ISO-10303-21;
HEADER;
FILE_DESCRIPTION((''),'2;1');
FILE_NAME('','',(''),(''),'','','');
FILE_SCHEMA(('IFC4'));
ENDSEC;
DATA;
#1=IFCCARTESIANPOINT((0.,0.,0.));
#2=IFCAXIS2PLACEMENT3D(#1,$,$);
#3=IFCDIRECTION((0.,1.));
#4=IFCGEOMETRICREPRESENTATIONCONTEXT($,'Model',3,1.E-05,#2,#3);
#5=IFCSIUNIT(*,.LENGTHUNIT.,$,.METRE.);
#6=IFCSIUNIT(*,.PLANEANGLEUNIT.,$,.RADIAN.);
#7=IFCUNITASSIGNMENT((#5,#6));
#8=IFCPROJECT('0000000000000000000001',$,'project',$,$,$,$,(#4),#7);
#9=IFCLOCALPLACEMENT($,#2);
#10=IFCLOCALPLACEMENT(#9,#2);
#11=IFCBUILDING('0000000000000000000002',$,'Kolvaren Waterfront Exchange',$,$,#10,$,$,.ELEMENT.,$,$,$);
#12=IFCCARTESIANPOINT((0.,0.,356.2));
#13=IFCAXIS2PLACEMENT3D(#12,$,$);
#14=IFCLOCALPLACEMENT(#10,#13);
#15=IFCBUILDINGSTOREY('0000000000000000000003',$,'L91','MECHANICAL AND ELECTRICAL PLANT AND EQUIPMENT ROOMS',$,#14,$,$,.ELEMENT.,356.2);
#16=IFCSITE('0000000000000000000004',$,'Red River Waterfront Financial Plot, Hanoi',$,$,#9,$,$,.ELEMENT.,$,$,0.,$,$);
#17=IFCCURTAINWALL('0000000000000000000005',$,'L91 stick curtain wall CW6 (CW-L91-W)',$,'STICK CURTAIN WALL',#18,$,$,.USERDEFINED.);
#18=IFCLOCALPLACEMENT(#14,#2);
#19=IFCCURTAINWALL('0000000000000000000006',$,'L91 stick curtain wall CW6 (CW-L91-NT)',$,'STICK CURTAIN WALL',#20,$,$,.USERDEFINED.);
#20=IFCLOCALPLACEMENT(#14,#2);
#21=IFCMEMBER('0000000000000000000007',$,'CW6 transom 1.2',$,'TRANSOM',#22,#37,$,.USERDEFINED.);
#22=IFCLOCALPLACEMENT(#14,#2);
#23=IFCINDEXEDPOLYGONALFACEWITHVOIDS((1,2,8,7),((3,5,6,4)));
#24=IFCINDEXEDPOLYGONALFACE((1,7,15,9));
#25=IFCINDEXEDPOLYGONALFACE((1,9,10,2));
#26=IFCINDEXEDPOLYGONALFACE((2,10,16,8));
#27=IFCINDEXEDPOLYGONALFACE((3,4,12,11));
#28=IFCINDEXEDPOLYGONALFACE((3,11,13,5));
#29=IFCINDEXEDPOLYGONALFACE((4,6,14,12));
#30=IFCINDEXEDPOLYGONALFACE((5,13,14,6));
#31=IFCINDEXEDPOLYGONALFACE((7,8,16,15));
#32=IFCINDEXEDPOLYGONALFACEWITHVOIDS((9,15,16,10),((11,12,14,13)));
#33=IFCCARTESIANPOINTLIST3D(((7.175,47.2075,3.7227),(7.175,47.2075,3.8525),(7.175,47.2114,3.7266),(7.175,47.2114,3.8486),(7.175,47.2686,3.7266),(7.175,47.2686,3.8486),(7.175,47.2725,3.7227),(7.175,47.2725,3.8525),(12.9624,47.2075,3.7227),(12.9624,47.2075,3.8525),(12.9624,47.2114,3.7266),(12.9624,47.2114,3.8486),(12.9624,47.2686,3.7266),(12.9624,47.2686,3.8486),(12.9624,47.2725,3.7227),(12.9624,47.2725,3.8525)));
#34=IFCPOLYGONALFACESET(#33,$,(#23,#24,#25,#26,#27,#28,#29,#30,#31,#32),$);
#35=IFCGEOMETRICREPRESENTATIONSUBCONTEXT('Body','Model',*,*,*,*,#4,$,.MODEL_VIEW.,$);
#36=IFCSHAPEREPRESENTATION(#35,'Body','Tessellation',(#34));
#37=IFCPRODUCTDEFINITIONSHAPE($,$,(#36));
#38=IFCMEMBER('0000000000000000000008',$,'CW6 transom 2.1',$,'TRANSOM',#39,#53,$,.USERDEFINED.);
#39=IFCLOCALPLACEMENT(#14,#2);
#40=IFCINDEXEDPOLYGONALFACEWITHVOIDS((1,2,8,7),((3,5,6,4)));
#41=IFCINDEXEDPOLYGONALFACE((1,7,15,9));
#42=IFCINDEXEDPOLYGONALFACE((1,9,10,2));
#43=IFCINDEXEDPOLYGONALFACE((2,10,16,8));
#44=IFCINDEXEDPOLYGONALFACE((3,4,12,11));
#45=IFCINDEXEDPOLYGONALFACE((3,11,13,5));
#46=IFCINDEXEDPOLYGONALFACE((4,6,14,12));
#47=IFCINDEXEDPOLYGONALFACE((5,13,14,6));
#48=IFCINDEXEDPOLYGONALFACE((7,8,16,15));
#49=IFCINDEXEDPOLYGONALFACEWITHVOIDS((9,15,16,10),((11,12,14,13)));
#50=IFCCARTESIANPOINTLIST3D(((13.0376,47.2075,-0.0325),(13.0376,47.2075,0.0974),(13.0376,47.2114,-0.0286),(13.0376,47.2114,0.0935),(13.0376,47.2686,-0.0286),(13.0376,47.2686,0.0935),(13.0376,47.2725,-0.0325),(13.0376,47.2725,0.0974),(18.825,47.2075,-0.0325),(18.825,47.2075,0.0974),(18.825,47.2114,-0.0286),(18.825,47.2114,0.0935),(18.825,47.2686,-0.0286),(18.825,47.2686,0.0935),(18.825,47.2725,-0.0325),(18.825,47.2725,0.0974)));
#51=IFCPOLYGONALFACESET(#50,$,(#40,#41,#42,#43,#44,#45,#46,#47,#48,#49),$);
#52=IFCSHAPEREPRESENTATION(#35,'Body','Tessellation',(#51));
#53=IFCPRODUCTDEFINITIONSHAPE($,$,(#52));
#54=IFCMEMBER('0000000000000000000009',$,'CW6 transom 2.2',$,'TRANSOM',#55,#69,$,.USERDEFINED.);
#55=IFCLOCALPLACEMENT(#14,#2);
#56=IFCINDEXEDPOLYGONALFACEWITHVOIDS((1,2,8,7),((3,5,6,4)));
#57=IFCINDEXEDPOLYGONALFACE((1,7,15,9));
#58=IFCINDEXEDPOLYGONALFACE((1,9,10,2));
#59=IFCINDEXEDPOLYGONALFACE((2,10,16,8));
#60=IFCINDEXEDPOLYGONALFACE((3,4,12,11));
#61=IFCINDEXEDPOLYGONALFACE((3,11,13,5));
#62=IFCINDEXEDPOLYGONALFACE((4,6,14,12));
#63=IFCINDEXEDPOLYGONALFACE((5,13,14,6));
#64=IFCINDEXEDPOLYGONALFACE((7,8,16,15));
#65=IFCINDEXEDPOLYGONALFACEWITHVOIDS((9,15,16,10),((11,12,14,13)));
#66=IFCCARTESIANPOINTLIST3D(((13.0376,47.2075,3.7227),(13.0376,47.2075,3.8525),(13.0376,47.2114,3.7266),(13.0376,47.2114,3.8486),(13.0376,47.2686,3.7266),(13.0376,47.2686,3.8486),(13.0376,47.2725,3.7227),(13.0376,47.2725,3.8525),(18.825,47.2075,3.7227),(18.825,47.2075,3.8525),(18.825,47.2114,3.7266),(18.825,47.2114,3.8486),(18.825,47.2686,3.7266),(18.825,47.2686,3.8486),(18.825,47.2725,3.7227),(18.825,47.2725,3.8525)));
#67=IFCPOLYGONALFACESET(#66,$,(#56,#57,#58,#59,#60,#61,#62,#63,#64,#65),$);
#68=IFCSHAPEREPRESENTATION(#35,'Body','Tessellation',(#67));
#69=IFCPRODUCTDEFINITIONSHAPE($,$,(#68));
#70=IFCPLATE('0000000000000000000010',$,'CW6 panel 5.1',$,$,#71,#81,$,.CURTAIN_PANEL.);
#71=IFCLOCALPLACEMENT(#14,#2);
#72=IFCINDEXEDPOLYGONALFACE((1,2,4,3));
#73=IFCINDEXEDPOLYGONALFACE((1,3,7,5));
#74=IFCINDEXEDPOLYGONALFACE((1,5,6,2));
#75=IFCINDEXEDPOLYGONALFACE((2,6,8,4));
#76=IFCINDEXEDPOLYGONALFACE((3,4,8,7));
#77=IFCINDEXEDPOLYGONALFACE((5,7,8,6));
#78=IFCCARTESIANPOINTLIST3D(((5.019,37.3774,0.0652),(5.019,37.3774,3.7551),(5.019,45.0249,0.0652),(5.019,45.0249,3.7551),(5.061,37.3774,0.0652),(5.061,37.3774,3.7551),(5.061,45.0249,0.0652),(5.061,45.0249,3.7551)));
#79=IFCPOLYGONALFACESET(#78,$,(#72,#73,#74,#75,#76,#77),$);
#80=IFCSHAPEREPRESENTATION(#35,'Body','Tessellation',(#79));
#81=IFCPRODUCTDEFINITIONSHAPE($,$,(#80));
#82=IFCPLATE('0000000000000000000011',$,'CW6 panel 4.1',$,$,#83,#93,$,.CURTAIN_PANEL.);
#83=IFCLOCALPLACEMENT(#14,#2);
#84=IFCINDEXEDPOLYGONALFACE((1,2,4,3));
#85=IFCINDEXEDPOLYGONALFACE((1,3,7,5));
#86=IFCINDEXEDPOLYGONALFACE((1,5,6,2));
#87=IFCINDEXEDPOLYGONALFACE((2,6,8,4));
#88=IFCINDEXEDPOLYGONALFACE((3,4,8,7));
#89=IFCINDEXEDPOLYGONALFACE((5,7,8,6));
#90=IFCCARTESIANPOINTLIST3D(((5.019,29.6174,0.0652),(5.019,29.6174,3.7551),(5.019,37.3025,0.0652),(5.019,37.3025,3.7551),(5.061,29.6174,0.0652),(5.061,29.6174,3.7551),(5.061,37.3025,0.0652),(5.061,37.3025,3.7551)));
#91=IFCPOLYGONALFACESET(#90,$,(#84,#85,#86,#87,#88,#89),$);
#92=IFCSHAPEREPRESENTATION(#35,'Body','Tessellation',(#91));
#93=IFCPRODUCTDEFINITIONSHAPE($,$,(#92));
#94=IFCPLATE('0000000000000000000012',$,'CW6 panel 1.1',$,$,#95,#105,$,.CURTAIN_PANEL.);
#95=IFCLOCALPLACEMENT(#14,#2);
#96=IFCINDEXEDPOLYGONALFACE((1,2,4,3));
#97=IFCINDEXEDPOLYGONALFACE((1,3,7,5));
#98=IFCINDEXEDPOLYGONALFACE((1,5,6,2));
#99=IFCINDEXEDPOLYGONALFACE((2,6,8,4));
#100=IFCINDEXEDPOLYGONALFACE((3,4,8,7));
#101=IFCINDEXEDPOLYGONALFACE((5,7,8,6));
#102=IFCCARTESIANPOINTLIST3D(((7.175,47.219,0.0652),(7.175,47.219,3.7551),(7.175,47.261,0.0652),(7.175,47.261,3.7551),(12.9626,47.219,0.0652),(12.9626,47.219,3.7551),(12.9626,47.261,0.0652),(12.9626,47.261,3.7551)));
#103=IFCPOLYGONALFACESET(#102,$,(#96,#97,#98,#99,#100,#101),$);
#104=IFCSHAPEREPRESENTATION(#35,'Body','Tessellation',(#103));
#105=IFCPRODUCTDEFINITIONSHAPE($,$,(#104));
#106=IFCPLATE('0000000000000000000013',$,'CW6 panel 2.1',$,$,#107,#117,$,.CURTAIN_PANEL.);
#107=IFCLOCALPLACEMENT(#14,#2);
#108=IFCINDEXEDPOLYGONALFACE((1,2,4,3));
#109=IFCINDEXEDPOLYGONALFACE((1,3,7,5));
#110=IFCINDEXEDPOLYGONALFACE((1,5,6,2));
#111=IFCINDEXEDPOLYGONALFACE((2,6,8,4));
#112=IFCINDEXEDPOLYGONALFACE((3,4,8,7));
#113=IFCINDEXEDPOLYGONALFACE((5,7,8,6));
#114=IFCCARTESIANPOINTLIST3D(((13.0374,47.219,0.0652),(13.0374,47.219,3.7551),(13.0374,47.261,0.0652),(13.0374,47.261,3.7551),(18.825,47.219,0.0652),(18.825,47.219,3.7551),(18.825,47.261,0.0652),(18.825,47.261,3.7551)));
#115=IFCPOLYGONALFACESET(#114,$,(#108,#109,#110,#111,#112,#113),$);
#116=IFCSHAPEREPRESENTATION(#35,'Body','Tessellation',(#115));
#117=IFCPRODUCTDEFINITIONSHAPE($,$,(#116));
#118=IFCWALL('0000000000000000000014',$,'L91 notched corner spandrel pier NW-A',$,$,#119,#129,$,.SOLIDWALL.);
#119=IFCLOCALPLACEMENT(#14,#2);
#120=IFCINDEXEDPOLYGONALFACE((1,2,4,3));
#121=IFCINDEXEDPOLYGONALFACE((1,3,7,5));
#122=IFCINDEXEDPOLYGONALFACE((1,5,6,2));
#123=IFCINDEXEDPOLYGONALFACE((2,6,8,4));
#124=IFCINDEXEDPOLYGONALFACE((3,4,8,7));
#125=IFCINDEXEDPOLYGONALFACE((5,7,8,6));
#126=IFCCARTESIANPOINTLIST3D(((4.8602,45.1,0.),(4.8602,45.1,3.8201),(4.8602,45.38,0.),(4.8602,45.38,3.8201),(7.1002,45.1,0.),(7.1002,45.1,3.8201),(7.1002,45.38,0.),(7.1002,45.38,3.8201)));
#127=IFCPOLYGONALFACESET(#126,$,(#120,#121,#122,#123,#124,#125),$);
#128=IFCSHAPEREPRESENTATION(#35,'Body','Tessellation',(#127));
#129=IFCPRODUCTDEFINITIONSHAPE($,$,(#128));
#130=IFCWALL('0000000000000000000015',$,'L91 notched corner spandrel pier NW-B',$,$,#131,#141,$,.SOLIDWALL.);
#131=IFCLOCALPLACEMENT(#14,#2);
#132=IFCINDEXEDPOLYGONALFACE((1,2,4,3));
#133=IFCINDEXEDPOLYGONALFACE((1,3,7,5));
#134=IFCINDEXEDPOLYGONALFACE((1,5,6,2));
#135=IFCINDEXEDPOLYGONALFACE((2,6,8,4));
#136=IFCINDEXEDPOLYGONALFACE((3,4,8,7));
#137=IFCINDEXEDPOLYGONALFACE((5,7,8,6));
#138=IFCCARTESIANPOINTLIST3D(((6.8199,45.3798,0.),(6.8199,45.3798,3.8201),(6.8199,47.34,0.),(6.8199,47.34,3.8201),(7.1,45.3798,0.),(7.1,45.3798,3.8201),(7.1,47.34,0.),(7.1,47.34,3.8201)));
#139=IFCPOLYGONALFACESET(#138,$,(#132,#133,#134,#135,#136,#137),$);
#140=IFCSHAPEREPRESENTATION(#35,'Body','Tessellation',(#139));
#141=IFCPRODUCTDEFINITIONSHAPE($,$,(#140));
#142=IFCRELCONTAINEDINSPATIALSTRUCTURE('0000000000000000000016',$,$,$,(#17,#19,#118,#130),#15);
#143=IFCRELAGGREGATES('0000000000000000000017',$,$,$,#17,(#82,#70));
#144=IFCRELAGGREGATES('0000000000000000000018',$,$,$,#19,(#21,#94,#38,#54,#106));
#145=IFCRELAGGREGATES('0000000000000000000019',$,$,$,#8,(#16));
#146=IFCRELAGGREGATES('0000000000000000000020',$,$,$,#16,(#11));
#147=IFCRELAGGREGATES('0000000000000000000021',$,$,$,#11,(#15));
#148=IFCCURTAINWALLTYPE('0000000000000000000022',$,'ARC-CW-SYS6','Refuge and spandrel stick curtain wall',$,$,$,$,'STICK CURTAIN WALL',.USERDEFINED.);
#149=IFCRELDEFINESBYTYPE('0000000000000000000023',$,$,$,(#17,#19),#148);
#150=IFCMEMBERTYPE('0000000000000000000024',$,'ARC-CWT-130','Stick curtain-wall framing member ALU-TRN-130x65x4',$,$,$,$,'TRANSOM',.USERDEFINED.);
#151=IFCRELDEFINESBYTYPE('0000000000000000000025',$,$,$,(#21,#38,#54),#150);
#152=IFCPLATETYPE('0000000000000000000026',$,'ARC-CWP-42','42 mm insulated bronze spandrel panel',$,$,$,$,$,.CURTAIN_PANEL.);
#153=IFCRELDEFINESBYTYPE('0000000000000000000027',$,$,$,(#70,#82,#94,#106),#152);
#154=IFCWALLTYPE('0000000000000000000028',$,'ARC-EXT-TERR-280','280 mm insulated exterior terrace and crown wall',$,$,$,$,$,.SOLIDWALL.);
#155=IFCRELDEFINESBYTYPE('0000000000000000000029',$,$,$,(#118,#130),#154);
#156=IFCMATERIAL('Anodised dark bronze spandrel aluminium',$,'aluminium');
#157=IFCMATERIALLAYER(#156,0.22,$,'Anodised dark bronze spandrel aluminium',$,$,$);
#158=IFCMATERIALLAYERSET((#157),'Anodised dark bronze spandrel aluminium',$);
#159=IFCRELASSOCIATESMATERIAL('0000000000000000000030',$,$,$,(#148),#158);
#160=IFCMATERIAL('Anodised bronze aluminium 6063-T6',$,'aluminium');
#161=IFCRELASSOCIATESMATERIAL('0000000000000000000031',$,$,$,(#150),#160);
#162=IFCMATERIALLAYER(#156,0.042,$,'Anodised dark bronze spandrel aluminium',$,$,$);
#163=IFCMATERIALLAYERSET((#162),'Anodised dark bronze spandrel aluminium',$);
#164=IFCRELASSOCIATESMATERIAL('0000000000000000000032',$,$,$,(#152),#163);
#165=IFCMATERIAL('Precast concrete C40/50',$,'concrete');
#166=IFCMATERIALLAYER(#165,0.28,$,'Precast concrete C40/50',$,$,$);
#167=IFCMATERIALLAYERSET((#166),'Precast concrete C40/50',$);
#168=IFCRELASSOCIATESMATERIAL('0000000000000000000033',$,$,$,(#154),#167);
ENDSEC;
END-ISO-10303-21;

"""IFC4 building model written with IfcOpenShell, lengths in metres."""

from ifc_helpers import new_model, si_unit, direction, frame, frame_2d, origin, origin_with_axes, origin_2d, place, context, subcontext, project, spatial, rectangle, hollow_rectangle, extrude, source, transform, mapped, material, layer, layer_set, material_profile, profile_set, type_object, element, aggregate, save


model = new_model("IFC4")

# Units and contexts
model_context = context("Model", 3, precision=1e-05, world=origin(), true_north=direction((0.0, 1.0)))
body_context = subcontext(model_context, "Body", "Model", "MODEL_VIEW")
ifc_project = project(units=[si_unit("LENGTHUNIT", "METRE"), si_unit("PLANEANGLEUNIT", "RADIAN")], contexts=[model_context])

# Site, building, storey
site_placement = place(None, origin())
site = spatial("IfcSite", under=ifc_project, at=site_placement, Name="Red River Waterfront Financial Plot, Hanoi", CompositionType="ELEMENT", RefElevation=0.0)
building_placement = place(site_placement, origin())
building = spatial("IfcBuilding", under=site, at=building_placement, Name="Kolvaren Waterfront Exchange", CompositionType="ELEMENT")
storey_placement = place(building_placement, frame((0.0, 0.0, 356.2)))
storey = spatial("IfcBuildingStorey", under=building, at=storey_placement, Name="L91", Description="MECHANICAL AND ELECTRICAL PLANT AND EQUIPMENT ROOMS", CompositionType="ELEMENT", Elevation=356.2)

# Curtain walls
ifc_material_1 = material(Name="Anodised dark bronze spandrel aluminium", Category="aluminium")
ifc_layer_1 = layer(ifc_material_1, 0.22, Name="Anodised dark bronze spandrel aluminium")
ifc_layer_set_1 = layer_set([ifc_layer_1], Name="Anodised dark bronze spandrel aluminium")
curtain_wall_type = type_object("IfcCurtainWallType", Name="ARC-CW-SYS6", Description="Refuge and spandrel stick curtain wall", ElementType="STICK CURTAIN WALL", PredefinedType="USERDEFINED", material=ifc_layer_set_1)
curtain_wall_1_placement = place(storey_placement, origin())
curtain_wall_1 = element("IfcCurtainWall", 1, at=curtain_wall_1_placement, inside=storey, type_object=curtain_wall_type, Name="L91 stick curtain wall CW6 (CW-L91-W)", ObjectType="STICK CURTAIN WALL", PredefinedType="USERDEFINED")
ifc_material_2 = material(Name="Anodised bronze aluminium 6063-T6", Category="aluminium")
curtain_wall_2_placement = place(storey_placement, origin())
curtain_wall_2 = element("IfcCurtainWall", 2, at=curtain_wall_2_placement, inside=storey, type_object=curtain_wall_type, Name="L91 stick curtain wall CW6 (CW-L91-NT)", ObjectType="STICK CURTAIN WALL", PredefinedType="USERDEFINED")

# Members
ifc_material_profile_1 = material_profile(ifc_material_2, hollow_rectangle(XDim=0.0649, YDim=0.1299, WallThickness=0.0039, at=origin_2d()), Name="ALU-TRN-130x65x4")
ifc_profile_set_1 = profile_set([ifc_material_profile_1], Name="Anodised bronze aluminium 6063-T6")
member_type_1 = type_object("IfcMemberType", Name="ARC-CWT-130", Description="Stick curtain-wall framing member ALU-TRN-130x65x4", ElementType="TRANSOM", PredefinedType="USERDEFINED", material=ifc_profile_set_1)
shared_shape_1 = source(origin_with_axes(), body_context, "Body", "SweptSolid", [
    extrude(hollow_rectangle(XDim=0.0649, YDim=0.1299, WallThickness=0.0039, at=origin_2d()), origin(), (0.0, 0.0, 1.0), 5.7874),
])
member_1_placement = place(storey_placement, frame((7.175, 47.24, 3.7876), z_axis=(1.0, 0.0, 0.0), x_axis=(0.0, 1.0, 0.0)))
member_1 = element("IfcMember", 3, at=member_1_placement, type_object=member_type_1, Name="CW6 transom 1.2", ObjectType="TRANSOM", PredefinedType="USERDEFINED", context=body_context, shape_type="MappedRepresentation", body=[
    mapped(shared_shape_1, transform((0.0, 0.0, 0.0), x_axis=(1.0, 0.0, 0.0), y_axis=(0.0, 1.0, 0.0), z_axis=(0.0, 0.0, 1.0), scale=1.0)),
])
member_2_placement = place(storey_placement, frame((13.0376, 47.24, 0.0325), z_axis=(1.0, 0.0, 0.0), x_axis=(0.0, 1.0, 0.0)))
member_2 = element("IfcMember", 4, at=member_2_placement, type_object=member_type_1, Name="CW6 transom 2.1", ObjectType="TRANSOM", PredefinedType="USERDEFINED", context=body_context, shape_type="MappedRepresentation", body=[
    mapped(shared_shape_1, transform((0.0, 0.0, 0.0), x_axis=(1.0, 0.0, 0.0), y_axis=(0.0, 1.0, 0.0), z_axis=(0.0, 0.0, 1.0), scale=1.0)),
])
member_3_placement = place(storey_placement, frame((13.0376, 47.24, 3.7876), z_axis=(1.0, 0.0, 0.0), x_axis=(0.0, 1.0, 0.0)))
member_3 = element("IfcMember", 5, at=member_3_placement, type_object=member_type_1, Name="CW6 transom 2.2", ObjectType="TRANSOM", PredefinedType="USERDEFINED", context=body_context, shape_type="MappedRepresentation", body=[
    mapped(shared_shape_1, transform((0.0, 0.0, 0.0), x_axis=(1.0, 0.0, 0.0), y_axis=(0.0, 1.0, 0.0), z_axis=(0.0, 0.0, 1.0), scale=1.0)),
])

# Plates
ifc_layer_2 = layer(ifc_material_1, 0.042, Name="Anodised dark bronze spandrel aluminium")
ifc_layer_set_2 = layer_set([ifc_layer_2], Name="Anodised dark bronze spandrel aluminium")
plate_type = type_object("IfcPlateType", Name="ARC-CWP-42", Description="42 mm insulated bronze spandrel panel", PredefinedType="CURTAIN_PANEL", material=ifc_layer_set_2)
shared_shape_2 = source(origin_with_axes(), body_context, "Body", "SweptSolid", [
    extrude(rectangle(XDim=7.6475, YDim=0.042, at=origin_2d()), origin(), (0.0, 0.0, 1.0), 3.6899),
])
plate_1_placement = place(storey_placement, frame((5.04, 41.2012, 0.0652), z_axis=(0.0, 0.0, 1.0), x_axis=(0.0, 1.0, 0.0)))
plate_1 = element("IfcPlate", 6, at=plate_1_placement, type_object=plate_type, Name="CW6 panel 5.1", PredefinedType="CURTAIN_PANEL", context=body_context, shape_type="MappedRepresentation", body=[
    mapped(shared_shape_2, transform((0.0, 0.0, 0.0), x_axis=(1.0, 0.0, 0.0), y_axis=(0.0, 1.0, 0.0), z_axis=(0.0, 0.0, 1.0), scale=1.0)),
])
shared_shape_3 = source(origin_with_axes(), body_context, "Body", "SweptSolid", [
    extrude(rectangle(XDim=7.6851, YDim=0.042, at=origin_2d()), origin(), (0.0, 0.0, 1.0), 3.6899),
])
plate_2_placement = place(storey_placement, frame((5.04, 33.46, 0.0652), z_axis=(0.0, 0.0, 1.0), x_axis=(0.0, 1.0, 0.0)))
plate_2 = element("IfcPlate", 7, at=plate_2_placement, type_object=plate_type, Name="CW6 panel 4.1", PredefinedType="CURTAIN_PANEL", context=body_context, shape_type="MappedRepresentation", body=[
    mapped(shared_shape_3, transform((0.0, 0.0, 0.0), x_axis=(1.0, 0.0, 0.0), y_axis=(0.0, 1.0, 0.0), z_axis=(0.0, 0.0, 1.0), scale=1.0)),
])
aggregate(curtain_wall_1, [plate_2, plate_1])
shared_shape_4 = source(origin_with_axes(), body_context, "Body", "SweptSolid", [
    extrude(rectangle(XDim=5.7876, YDim=0.042, at=origin_2d()), origin(), (0.0, 0.0, 1.0), 3.6899),
])
plate_3_placement = place(storey_placement, frame((10.0688, 47.24, 0.0652), z_axis=(0.0, 0.0, 1.0), x_axis=(1.0, 0.0, 0.0)))
plate_3 = element("IfcPlate", 8, at=plate_3_placement, type_object=plate_type, Name="CW6 panel 1.1", PredefinedType="CURTAIN_PANEL", context=body_context, shape_type="MappedRepresentation", body=[
    mapped(shared_shape_4, transform((0.0, 0.0, 0.0), x_axis=(1.0, 0.0, 0.0), y_axis=(0.0, 1.0, 0.0), z_axis=(0.0, 0.0, 1.0), scale=1.0)),
])
plate_4_placement = place(storey_placement, frame((15.9312, 47.24, 0.0652), z_axis=(0.0, 0.0, 1.0), x_axis=(1.0, 0.0, 0.0)))
plate_4 = element("IfcPlate", 9, at=plate_4_placement, type_object=plate_type, Name="CW6 panel 2.1", PredefinedType="CURTAIN_PANEL", context=body_context, shape_type="MappedRepresentation", body=[
    mapped(shared_shape_4, transform((0.0, 0.0, 0.0), x_axis=(1.0, 0.0, 0.0), y_axis=(0.0, 1.0, 0.0), z_axis=(0.0, 0.0, 1.0), scale=1.0)),
])
aggregate(curtain_wall_2, [member_1, plate_3, member_2, member_3, plate_4])

# Walls
ifc_material_3 = material(Name="Precast concrete C40/50", Category="concrete")
ifc_layer_3 = layer(ifc_material_3, 0.28, Name="Precast concrete C40/50")
ifc_layer_set_3 = layer_set([ifc_layer_3], Name="Precast concrete C40/50")
wall_type_1 = type_object("IfcWallType", Name="ARC-EXT-TERR-280", Description="280 mm insulated exterior terrace and crown wall", PredefinedType="SOLIDWALL", material=ifc_layer_set_3)
wall_1_placement = place(storey_placement, frame((4.8601, 45.24, 0.0), z_axis=(0.0, 0.0, 1.0), x_axis=(1.0, 0.0, 0.0)))
element("IfcWall", 10, at=wall_1_placement, inside=storey, type_object=wall_type_1, Name="L91 notched corner spandrel pier NW-A", PredefinedType="SOLIDWALL", context=body_context, shape_type="SweptSolid", body=[
    extrude(rectangle(XDim=2.24, YDim=0.28, at=frame_2d((1.1201, 0.0))), origin(), (0.0, 0.0, 1.0), 3.8201),
])
wall_2_placement = place(storey_placement, frame((6.96, 45.3799, 0.0), z_axis=(0.0, 0.0, 1.0), x_axis=(0.0, 1.0, 0.0)))
element("IfcWall", 11, at=wall_2_placement, inside=storey, type_object=wall_type_1, Name="L91 notched corner spandrel pier NW-B", PredefinedType="SOLIDWALL", context=body_context, shape_type="SweptSolid", body=[
    extrude(rectangle(XDim=1.9602, YDim=0.28, at=frame_2d((0.98, 0.0))), origin(), (0.0, 0.0, 1.0), 3.8201),
])

save(model, "model.ifc")
